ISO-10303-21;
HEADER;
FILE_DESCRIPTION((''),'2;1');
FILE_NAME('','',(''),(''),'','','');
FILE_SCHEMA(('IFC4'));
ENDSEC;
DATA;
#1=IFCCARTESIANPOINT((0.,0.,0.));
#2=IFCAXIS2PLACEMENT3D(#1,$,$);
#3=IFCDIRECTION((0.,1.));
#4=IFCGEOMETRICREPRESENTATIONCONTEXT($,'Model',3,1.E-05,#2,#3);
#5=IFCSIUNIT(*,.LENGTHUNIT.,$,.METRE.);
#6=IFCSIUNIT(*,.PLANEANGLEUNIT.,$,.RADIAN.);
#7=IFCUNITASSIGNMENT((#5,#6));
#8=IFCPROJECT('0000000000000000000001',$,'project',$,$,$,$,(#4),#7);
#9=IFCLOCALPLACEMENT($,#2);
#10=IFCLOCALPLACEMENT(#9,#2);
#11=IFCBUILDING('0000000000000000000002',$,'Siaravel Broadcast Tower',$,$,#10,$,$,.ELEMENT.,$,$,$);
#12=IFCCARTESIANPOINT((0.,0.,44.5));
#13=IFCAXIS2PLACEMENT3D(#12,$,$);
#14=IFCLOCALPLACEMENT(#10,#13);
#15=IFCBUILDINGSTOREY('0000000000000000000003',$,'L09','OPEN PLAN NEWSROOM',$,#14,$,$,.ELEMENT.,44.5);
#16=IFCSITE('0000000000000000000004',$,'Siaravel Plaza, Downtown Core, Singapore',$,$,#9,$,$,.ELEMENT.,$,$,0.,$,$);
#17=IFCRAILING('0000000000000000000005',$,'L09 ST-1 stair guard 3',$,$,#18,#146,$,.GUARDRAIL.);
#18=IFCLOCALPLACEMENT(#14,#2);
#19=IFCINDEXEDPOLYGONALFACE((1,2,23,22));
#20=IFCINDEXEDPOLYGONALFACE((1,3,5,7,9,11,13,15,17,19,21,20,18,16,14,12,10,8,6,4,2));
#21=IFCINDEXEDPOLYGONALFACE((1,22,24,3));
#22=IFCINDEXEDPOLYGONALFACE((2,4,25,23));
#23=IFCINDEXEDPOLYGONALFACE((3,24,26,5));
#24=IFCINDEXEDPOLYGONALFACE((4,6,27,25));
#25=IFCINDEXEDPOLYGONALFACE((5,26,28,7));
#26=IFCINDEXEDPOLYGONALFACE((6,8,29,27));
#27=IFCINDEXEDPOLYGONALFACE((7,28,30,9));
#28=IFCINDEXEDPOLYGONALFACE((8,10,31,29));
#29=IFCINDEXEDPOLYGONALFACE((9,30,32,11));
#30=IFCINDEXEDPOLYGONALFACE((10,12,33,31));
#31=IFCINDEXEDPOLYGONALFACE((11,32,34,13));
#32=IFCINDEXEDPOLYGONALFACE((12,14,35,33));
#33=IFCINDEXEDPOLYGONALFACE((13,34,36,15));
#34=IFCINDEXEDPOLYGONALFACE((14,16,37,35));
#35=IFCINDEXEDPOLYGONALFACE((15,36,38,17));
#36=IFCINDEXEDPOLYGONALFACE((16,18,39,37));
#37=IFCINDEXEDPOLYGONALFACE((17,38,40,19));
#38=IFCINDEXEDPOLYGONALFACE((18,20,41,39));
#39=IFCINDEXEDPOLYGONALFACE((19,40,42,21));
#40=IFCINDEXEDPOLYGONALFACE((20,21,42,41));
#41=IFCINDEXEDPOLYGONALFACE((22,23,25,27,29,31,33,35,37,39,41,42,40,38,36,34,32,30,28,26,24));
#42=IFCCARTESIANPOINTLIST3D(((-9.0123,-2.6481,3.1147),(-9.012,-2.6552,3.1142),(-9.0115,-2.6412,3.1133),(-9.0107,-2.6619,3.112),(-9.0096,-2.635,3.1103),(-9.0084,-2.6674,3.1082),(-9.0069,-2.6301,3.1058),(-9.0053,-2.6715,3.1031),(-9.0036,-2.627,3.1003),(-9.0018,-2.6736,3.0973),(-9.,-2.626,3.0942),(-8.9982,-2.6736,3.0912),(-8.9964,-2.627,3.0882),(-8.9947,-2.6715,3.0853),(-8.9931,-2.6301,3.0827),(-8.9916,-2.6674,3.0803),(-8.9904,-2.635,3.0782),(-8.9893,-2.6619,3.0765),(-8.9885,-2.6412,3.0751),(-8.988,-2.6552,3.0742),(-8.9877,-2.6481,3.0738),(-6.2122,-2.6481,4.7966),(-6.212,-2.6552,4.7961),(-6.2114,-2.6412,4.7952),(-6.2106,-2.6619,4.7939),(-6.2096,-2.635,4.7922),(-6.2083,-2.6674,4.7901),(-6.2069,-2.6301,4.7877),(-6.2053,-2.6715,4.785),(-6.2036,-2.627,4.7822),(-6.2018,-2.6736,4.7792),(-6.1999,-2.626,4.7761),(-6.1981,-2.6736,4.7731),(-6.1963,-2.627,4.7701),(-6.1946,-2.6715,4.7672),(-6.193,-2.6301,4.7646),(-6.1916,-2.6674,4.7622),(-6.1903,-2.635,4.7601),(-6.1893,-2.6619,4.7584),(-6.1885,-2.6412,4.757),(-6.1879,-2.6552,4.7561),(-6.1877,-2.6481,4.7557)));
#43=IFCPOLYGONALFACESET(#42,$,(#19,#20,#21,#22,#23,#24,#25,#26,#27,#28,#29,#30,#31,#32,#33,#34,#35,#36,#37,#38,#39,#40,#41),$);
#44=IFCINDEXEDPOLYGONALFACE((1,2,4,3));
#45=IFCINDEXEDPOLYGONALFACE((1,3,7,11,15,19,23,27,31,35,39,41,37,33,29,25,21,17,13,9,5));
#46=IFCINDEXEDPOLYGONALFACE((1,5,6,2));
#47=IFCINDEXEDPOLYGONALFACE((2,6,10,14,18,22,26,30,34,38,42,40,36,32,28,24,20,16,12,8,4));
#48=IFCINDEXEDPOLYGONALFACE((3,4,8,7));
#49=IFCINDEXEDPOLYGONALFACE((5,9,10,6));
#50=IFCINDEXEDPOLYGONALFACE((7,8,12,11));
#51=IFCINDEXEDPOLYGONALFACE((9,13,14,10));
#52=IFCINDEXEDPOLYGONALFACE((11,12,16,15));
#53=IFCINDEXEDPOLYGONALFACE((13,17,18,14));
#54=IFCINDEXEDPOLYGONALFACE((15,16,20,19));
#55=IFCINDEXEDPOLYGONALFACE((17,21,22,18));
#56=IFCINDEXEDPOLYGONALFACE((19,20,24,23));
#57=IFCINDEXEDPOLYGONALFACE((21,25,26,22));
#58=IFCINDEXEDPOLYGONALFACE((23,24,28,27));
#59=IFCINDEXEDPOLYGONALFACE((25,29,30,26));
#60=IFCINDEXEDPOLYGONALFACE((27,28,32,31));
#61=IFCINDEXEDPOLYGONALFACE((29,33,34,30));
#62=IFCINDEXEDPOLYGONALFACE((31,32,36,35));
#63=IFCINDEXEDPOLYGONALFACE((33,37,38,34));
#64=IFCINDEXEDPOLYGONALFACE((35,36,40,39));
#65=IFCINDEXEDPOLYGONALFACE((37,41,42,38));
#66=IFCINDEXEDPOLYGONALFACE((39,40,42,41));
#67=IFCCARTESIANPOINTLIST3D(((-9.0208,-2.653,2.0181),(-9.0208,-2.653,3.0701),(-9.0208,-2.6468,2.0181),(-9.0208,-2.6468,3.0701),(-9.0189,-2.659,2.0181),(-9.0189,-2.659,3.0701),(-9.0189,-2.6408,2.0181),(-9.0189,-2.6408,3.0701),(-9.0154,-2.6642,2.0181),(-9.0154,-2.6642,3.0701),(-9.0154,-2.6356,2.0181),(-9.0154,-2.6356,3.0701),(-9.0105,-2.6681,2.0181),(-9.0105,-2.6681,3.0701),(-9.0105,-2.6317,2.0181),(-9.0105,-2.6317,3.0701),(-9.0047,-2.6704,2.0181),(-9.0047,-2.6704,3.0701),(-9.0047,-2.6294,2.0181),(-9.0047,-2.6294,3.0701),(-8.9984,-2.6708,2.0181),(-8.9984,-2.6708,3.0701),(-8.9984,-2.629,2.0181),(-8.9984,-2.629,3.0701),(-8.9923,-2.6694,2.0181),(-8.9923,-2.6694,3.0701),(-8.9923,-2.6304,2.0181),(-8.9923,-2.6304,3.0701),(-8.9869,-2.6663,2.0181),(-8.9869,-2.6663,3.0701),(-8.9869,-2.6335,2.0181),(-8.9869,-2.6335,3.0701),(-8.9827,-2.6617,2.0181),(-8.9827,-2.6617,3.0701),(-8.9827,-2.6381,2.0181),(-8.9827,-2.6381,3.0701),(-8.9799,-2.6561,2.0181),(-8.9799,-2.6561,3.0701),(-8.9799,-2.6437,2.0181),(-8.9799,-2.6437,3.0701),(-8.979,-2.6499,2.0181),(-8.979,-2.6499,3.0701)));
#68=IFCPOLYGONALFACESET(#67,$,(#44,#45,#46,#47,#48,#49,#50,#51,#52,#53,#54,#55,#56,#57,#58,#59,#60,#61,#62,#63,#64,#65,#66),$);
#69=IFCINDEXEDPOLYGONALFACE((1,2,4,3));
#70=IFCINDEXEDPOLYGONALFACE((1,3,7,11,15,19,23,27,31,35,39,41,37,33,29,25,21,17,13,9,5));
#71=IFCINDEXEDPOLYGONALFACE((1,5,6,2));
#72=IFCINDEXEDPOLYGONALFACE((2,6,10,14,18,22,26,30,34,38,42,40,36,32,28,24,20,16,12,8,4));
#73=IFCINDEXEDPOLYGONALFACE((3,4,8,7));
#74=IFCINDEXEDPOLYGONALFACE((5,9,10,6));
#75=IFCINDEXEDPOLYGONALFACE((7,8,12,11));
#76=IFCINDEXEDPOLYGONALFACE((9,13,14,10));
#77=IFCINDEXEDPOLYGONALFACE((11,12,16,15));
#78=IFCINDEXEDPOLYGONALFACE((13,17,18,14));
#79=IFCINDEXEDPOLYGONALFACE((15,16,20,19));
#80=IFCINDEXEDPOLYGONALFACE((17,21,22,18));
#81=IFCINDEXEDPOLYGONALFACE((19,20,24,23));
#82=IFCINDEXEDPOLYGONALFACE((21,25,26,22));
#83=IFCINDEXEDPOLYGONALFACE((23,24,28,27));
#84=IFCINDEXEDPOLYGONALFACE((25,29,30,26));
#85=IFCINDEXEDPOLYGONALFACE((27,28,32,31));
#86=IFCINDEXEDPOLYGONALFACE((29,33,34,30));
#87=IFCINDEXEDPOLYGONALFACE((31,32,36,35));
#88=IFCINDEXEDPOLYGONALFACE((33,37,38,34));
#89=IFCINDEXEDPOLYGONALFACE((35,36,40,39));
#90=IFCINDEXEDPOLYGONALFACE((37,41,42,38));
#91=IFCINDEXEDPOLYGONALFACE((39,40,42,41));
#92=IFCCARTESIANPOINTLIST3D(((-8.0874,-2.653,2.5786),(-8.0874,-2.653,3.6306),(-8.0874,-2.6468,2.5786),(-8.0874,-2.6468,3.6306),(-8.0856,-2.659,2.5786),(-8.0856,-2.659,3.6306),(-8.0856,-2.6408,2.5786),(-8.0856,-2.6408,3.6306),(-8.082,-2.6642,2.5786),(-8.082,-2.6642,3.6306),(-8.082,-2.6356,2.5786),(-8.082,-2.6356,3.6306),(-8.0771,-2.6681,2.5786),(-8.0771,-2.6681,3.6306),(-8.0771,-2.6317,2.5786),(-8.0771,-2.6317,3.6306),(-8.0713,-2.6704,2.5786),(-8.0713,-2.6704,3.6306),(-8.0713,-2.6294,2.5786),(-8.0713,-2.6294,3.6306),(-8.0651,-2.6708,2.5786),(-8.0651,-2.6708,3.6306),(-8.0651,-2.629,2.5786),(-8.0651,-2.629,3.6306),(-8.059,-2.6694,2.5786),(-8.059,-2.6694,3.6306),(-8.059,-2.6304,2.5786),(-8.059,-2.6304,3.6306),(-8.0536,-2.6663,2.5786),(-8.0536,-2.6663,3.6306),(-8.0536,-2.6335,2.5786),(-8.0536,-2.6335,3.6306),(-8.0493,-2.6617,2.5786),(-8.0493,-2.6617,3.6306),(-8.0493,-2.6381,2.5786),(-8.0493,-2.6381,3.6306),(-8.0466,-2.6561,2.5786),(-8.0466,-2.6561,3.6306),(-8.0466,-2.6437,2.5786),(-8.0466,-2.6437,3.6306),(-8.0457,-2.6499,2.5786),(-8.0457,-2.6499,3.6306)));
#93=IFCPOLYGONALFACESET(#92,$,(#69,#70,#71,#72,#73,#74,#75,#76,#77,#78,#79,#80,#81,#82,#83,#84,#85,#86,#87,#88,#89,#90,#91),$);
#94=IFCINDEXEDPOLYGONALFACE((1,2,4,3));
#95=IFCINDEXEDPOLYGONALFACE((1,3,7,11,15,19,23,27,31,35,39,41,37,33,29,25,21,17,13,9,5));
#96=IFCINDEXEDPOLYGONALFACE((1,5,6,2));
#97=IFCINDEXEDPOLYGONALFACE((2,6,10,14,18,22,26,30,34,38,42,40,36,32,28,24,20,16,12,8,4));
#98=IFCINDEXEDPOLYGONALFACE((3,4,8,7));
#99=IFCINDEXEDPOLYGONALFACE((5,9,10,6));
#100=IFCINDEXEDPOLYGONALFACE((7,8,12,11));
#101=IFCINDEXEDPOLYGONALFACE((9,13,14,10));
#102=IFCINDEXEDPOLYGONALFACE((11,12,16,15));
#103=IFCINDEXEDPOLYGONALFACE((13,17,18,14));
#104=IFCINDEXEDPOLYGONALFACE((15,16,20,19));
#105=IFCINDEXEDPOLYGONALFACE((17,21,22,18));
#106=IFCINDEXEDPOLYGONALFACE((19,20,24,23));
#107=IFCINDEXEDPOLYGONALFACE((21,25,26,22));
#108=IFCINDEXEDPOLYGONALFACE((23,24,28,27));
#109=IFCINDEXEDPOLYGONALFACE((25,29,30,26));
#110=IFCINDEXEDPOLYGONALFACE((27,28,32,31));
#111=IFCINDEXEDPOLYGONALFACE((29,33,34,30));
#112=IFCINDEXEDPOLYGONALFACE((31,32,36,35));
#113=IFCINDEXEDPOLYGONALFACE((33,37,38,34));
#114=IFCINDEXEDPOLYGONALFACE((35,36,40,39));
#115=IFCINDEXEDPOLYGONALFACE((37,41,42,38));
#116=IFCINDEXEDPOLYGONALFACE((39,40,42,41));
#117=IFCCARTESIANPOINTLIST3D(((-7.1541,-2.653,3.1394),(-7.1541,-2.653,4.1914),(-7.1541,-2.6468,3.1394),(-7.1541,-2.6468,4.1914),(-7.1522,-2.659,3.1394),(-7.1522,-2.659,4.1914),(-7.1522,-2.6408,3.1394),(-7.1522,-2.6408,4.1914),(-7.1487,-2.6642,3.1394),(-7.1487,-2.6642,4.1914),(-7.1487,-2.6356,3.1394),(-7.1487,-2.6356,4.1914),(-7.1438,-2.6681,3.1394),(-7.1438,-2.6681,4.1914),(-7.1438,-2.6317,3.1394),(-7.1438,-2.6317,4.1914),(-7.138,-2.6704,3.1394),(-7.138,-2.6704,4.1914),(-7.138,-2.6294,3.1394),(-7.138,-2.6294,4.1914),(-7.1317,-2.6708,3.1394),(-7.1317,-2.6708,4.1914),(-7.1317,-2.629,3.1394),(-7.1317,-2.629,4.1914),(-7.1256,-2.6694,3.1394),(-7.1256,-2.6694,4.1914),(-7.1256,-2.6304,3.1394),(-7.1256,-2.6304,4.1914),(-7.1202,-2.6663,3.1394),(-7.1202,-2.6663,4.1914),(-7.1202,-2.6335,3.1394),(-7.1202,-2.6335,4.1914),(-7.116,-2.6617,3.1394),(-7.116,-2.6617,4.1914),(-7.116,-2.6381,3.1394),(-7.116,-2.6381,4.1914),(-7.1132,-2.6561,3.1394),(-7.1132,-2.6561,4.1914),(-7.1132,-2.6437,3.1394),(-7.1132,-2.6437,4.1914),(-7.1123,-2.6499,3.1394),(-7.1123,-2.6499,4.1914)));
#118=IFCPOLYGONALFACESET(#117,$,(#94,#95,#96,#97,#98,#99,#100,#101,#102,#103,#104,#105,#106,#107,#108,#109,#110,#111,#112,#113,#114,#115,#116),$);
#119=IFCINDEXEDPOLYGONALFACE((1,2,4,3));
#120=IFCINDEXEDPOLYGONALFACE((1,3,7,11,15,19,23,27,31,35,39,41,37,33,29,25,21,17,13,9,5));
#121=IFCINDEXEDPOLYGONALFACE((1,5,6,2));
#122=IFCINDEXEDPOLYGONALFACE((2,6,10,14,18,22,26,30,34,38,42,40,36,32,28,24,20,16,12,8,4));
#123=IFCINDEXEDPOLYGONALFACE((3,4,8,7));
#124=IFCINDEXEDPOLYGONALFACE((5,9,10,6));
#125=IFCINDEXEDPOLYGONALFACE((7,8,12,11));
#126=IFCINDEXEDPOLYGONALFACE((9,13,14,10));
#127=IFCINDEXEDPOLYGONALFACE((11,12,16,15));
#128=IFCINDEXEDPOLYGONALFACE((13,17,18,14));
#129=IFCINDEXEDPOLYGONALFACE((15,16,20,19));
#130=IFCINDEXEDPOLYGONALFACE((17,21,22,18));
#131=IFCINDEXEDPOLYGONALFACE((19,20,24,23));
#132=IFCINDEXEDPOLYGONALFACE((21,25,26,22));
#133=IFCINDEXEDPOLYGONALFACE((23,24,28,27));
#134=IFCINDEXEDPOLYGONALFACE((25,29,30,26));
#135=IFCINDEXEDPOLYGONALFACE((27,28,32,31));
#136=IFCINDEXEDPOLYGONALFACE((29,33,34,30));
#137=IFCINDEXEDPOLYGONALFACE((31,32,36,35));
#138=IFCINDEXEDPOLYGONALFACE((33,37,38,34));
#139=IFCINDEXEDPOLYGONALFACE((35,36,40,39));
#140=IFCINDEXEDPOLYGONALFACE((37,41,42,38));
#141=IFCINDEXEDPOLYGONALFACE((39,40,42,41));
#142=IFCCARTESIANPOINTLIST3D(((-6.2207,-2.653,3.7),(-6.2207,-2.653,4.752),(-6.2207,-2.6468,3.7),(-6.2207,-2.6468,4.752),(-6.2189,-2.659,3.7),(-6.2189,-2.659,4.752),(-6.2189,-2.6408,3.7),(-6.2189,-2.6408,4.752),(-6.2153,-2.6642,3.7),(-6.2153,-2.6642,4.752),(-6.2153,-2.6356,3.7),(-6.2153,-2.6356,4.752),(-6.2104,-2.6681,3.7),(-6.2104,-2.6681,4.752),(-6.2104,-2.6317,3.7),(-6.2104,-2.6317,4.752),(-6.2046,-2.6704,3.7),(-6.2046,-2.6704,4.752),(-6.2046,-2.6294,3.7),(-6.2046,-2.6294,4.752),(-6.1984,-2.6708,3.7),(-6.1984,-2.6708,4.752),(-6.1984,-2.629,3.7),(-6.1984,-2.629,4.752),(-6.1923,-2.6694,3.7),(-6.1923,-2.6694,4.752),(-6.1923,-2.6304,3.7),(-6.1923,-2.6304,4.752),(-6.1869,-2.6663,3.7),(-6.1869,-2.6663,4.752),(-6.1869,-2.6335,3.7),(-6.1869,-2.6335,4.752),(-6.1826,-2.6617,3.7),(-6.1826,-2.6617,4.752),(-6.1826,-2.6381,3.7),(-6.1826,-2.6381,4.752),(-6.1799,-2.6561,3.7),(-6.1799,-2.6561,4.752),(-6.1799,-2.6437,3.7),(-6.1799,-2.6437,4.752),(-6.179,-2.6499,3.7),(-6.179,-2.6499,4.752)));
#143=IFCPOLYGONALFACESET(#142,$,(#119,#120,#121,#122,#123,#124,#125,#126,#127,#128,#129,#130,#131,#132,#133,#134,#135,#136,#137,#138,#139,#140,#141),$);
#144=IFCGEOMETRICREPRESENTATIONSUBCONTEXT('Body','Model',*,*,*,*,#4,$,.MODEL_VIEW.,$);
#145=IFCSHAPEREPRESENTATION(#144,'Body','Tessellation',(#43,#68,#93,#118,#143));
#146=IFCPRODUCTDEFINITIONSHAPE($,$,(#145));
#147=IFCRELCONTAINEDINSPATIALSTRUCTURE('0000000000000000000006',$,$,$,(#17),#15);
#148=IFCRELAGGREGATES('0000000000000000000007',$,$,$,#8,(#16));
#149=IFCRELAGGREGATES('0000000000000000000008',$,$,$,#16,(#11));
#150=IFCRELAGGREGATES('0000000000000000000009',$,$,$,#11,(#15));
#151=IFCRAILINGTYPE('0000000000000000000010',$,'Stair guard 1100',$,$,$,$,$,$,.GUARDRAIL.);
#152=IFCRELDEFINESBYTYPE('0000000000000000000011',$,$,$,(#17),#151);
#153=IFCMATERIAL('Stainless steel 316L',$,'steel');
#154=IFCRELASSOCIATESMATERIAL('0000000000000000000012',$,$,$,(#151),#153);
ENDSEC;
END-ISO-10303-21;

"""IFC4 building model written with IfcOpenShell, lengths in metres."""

from ifc_helpers import new_model, si_unit, direction, frame, origin, origin_2d, place, context, subcontext, project, spatial, circle, extrude, material, type_object, element, save


model = new_model("IFC4")

# Units and contexts
model_context = context("Model", 3, precision=1e-05, world=origin(), true_north=direction((0.0, 1.0)))
body_context = subcontext(model_context, "Body", "Model", "MODEL_VIEW")
ifc_project = project(units=[si_unit("LENGTHUNIT", "METRE"), si_unit("PLANEANGLEUNIT", "RADIAN")], contexts=[model_context])

# Site, building, storey
site_placement = place(None, origin())
site = spatial("IfcSite", under=ifc_project, at=site_placement, Name="Siaravel Plaza, Downtown Core, Singapore", CompositionType="ELEMENT", RefElevation=0.0)
building_placement = place(site_placement, origin())
building = spatial("IfcBuilding", under=site, at=building_placement, Name="Siaravel Broadcast Tower", CompositionType="ELEMENT")
storey_placement = place(building_placement, frame((0.0, 0.0, 44.5)))
storey = spatial("IfcBuildingStorey", under=building, at=storey_placement, Name="L09", Description="OPEN PLAN NEWSROOM", CompositionType="ELEMENT", Elevation=44.5)

# Railing
ifc_material_1 = material(Name="Stainless steel 316L", Category="steel")
railing_type_1 = type_object("IfcRailingType", Name="Stair guard 1100", PredefinedType="GUARDRAIL", material=ifc_material_1)
railing_1_placement = place(storey_placement, frame((-9.0, -2.6499, 2.0181)))
element("IfcRailing", 1, at=railing_1_placement, inside=storey, type_object=railing_type_1, Name="L09 ST-1 stair guard 3", PredefinedType="GUARDRAIL", context=body_context, shape_type="SweptSolid", body=[
    extrude(circle(Radius=0.0239, at=origin_2d()), frame((0.0, 0.0, 1.0762), z_axis=(0.857242, 0.0, 0.514913), x_axis=(0.0, 1.0, 0.0)), (0.0, 0.0, 1.0), 3.2664),
    extrude(circle(Radius=0.021, at=origin_2d()), origin(), (0.0, 0.0, 1.0), 1.052),
    extrude(circle(Radius=0.021, at=origin_2d()), frame((0.9333, 0.0, 0.5605)), (0.0, 0.0, 1.0), 1.052),
    extrude(circle(Radius=0.021, at=origin_2d()), frame((1.8667, 0.0, 1.1213)), (0.0, 0.0, 1.0), 1.052),
    extrude(circle(Radius=0.021, at=origin_2d()), frame((2.8, 0.0, 1.6819)), (0.0, 0.0, 1.0), 1.052),
])

save(model, "model.ifc")
